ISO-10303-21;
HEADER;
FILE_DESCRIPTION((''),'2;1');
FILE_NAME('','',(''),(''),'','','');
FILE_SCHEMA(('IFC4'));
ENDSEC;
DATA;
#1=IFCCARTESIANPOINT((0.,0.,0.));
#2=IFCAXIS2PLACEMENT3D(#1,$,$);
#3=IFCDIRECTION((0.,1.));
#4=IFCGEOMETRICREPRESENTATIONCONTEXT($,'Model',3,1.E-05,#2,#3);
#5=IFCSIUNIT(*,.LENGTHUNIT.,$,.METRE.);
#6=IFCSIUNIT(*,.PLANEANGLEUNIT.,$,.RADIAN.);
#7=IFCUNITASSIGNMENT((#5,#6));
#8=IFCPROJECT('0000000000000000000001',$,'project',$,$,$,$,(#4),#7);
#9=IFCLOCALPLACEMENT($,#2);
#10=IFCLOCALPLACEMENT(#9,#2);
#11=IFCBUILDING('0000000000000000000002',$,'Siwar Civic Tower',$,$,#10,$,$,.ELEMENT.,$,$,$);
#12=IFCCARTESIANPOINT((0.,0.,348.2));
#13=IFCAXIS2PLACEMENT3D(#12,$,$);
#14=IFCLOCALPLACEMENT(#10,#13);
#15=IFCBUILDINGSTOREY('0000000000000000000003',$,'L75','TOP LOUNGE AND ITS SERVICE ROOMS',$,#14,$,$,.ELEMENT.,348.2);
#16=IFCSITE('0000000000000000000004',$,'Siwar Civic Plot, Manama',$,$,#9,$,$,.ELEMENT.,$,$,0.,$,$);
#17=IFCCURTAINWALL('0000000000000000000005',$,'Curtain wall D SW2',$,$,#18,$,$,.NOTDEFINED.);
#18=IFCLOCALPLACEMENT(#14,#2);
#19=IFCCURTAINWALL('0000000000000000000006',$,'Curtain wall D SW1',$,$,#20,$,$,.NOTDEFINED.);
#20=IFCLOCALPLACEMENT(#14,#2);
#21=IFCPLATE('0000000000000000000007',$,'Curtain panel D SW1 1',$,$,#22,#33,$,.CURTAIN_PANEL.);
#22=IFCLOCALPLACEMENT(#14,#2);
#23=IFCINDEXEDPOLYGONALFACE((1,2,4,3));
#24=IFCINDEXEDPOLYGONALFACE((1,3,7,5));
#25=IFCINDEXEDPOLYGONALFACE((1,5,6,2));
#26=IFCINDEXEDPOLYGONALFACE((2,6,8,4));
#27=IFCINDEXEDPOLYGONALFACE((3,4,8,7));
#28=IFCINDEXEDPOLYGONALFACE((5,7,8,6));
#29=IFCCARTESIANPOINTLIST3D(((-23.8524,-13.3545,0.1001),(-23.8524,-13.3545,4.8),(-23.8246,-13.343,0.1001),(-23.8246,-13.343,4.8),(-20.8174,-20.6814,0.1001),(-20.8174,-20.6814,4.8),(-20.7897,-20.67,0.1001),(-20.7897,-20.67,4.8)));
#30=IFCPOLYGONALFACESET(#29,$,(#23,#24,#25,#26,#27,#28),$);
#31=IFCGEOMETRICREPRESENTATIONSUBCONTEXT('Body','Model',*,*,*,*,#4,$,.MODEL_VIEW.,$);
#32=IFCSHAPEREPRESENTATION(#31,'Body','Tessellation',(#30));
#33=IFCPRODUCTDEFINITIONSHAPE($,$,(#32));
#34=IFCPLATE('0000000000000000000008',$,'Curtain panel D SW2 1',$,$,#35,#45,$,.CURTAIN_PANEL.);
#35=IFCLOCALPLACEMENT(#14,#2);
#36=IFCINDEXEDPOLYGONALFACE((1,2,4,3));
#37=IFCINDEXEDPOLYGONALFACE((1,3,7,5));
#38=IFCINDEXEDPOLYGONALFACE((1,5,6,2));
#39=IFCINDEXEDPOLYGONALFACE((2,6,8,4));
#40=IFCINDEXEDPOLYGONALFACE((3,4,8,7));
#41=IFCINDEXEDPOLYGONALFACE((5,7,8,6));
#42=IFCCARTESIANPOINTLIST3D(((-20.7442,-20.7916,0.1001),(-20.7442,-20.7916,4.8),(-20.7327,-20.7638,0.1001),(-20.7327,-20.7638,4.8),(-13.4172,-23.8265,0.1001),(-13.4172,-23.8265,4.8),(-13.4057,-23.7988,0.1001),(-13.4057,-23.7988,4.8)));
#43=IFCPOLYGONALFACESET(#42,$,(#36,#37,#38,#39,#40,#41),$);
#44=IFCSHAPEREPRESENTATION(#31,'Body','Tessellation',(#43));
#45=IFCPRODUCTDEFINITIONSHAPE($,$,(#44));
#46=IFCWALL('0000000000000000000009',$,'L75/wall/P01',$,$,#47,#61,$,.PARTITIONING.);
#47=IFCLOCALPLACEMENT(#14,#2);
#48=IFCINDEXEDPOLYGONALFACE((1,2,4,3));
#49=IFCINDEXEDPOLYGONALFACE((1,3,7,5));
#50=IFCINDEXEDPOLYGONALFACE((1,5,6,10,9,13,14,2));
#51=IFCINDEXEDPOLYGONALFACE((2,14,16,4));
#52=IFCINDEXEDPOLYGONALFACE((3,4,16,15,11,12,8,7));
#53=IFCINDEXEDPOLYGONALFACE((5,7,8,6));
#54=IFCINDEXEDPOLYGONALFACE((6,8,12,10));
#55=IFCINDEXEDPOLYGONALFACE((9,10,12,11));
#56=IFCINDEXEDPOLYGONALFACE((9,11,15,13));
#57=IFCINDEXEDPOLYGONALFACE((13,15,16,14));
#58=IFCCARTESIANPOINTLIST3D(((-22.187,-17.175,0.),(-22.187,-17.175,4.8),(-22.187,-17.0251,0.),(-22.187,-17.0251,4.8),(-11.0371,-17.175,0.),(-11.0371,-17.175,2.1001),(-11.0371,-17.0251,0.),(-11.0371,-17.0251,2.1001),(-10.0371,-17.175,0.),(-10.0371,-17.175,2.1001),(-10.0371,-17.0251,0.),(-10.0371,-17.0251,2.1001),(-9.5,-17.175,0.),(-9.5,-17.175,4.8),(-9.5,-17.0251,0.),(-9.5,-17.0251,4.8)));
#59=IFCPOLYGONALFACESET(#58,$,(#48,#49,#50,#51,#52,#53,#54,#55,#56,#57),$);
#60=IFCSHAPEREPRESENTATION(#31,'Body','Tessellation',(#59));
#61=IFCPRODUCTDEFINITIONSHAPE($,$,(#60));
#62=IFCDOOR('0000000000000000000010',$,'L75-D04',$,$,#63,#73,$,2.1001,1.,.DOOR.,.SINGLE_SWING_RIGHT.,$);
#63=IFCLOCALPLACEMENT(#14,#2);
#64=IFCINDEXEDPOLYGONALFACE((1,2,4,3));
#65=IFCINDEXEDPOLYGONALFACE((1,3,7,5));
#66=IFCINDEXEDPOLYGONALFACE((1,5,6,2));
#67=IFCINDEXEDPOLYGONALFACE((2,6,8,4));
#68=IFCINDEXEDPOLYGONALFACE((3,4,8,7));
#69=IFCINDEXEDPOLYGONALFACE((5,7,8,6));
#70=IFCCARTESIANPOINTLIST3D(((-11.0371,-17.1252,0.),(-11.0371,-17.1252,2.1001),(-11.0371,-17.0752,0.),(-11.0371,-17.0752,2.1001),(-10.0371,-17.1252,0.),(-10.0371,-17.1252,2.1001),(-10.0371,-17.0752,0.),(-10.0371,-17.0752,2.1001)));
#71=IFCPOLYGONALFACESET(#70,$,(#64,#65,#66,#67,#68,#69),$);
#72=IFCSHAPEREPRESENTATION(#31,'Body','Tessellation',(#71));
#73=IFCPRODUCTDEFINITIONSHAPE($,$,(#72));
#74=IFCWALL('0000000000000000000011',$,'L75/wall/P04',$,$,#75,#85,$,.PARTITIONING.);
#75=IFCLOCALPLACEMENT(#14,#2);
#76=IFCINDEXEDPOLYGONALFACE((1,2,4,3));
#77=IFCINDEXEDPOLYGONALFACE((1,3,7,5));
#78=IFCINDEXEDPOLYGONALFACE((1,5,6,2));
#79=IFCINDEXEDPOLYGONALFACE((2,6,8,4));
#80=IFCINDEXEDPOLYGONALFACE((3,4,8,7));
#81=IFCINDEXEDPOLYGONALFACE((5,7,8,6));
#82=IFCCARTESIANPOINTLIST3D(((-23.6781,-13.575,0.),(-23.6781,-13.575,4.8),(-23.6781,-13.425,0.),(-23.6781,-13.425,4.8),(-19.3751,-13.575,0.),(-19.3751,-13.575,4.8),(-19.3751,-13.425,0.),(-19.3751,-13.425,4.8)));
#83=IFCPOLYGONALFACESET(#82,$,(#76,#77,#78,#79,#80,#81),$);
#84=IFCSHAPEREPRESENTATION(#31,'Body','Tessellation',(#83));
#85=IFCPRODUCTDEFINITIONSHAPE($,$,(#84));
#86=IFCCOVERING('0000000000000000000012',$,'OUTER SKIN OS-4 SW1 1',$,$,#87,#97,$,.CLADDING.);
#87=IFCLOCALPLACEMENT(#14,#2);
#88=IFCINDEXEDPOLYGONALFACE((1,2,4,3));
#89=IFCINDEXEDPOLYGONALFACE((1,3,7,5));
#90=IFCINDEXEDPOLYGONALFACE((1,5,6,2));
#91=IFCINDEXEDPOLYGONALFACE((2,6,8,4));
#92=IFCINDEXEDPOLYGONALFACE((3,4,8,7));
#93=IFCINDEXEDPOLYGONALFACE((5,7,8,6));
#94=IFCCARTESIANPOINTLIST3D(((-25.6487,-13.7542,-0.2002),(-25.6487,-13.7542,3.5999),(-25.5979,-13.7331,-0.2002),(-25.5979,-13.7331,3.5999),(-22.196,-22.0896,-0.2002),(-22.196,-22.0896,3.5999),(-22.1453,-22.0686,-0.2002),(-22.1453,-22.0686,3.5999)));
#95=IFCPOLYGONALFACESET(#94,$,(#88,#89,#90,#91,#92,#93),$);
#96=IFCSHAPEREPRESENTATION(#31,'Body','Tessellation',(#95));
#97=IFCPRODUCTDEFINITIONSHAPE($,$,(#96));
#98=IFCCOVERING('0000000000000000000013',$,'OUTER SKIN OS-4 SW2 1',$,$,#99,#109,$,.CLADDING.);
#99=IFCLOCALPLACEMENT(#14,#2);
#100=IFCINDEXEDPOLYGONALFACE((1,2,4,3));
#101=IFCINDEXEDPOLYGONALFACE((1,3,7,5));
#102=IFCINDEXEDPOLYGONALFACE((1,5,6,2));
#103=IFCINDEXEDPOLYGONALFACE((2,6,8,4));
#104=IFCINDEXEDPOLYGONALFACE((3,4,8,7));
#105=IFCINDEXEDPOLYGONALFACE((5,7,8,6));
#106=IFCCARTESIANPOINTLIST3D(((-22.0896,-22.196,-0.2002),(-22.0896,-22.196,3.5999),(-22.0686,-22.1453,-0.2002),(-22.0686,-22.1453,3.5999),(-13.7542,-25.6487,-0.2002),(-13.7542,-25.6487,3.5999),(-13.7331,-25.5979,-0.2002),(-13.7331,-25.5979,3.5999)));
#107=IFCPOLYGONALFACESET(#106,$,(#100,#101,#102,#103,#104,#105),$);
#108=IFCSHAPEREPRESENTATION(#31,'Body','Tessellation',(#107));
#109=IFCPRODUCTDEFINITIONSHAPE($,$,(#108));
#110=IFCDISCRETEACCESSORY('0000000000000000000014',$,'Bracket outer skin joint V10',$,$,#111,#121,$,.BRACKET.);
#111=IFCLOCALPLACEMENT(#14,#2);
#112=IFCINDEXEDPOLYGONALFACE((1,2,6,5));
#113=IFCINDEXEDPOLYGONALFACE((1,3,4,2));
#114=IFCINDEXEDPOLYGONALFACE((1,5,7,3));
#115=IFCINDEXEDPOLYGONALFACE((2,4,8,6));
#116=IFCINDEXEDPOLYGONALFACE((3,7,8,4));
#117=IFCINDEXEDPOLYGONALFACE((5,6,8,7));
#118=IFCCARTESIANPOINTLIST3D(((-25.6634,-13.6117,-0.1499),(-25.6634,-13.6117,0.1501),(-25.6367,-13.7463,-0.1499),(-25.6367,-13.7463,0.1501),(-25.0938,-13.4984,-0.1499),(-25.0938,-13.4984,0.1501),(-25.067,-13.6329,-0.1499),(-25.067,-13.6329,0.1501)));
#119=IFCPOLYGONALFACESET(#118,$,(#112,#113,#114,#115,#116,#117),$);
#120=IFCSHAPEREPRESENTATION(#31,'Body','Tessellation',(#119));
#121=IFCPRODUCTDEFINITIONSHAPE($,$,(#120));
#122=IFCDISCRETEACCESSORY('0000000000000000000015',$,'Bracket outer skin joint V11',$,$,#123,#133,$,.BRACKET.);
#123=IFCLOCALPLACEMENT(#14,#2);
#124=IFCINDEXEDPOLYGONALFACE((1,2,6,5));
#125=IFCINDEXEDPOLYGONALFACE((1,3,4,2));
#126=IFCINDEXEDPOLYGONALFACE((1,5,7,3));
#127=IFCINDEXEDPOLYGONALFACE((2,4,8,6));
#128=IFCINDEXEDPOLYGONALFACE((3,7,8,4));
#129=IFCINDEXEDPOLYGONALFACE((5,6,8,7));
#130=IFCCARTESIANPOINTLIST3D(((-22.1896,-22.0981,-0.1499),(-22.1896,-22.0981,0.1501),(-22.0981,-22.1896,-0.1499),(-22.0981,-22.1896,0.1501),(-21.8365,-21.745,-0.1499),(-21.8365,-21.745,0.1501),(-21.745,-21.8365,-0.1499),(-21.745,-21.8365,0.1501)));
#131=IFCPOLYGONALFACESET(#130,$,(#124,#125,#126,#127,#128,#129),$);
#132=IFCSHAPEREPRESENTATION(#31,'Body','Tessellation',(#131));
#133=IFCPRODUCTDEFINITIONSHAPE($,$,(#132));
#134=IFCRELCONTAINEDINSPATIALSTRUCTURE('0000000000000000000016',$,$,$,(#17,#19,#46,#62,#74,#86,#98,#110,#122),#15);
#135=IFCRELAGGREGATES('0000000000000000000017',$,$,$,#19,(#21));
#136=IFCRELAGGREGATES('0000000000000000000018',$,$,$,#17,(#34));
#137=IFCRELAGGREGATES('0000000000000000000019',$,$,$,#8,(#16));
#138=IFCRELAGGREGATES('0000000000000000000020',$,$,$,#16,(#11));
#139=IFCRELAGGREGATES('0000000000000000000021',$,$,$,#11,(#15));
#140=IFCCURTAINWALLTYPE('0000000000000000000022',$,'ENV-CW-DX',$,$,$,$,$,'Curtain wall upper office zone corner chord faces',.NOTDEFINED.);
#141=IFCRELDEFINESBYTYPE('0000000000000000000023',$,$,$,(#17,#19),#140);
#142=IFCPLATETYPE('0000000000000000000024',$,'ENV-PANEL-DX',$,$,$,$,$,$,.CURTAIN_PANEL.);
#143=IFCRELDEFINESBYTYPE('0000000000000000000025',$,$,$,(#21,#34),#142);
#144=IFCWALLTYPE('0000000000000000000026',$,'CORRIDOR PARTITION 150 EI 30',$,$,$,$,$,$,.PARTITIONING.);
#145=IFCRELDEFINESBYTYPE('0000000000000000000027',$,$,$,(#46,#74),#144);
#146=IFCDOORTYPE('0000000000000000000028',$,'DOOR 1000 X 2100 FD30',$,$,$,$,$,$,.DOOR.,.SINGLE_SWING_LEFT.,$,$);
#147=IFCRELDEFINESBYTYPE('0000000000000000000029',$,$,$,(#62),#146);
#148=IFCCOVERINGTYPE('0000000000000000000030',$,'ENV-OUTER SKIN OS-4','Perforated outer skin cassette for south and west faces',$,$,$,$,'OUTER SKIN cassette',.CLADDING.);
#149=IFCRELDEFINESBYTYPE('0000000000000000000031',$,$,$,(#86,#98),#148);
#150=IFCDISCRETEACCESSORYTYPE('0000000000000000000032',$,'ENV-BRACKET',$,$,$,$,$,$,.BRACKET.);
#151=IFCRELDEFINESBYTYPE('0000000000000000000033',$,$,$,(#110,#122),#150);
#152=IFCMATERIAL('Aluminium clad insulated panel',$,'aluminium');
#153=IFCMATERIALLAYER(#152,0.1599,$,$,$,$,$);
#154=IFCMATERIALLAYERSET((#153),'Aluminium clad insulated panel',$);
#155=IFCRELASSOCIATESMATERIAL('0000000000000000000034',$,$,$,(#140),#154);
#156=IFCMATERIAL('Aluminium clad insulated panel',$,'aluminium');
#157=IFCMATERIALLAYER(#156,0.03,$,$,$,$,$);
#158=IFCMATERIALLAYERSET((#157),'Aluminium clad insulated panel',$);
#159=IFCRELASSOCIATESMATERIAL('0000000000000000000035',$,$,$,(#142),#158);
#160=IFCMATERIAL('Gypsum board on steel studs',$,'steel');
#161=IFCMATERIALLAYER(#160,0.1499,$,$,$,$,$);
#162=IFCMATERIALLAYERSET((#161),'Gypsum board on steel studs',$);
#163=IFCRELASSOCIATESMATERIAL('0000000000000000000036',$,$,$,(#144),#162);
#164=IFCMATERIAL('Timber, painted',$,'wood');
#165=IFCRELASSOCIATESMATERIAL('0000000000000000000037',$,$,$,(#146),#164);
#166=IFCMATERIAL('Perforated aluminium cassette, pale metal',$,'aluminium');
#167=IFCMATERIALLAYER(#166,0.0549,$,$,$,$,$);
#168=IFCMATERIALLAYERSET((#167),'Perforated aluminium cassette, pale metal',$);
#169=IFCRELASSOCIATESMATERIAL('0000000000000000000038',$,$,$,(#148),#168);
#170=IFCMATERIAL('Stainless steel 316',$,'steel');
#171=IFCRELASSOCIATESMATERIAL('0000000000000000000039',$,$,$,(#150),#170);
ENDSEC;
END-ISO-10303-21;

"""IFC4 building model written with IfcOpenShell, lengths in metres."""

from ifc_helpers import new_model, si_unit, direction, frame, frame_2d, origin, origin_2d, place, context, subcontext, project, spatial, rectangle, extrude, material, layer, layer_set, type_object, element, fill, aggregate, save


model = new_model("IFC4")

# Units and contexts
model_context = context("Model", 3, precision=1e-05, world=origin(), true_north=direction((0.0, 1.0)))
body_context = subcontext(model_context, "Body", "Model", "MODEL_VIEW")
ifc_project = project(units=[si_unit("LENGTHUNIT", "METRE"), si_unit("PLANEANGLEUNIT", "RADIAN")], contexts=[model_context])

# Site, building, storey
site_placement = place(None, origin())
site = spatial("IfcSite", under=ifc_project, at=site_placement, Name="Siwar Civic Plot, Manama", CompositionType="ELEMENT", RefElevation=0.0)
building_placement = place(site_placement, origin())
building = spatial("IfcBuilding", under=site, at=building_placement, Name="Siwar Civic Tower", CompositionType="ELEMENT")
storey_placement = place(building_placement, frame((0.0, 0.0, 348.2)))
storey = spatial("IfcBuildingStorey", under=building, at=storey_placement, Name="L75", Description="TOP LOUNGE AND ITS SERVICE ROOMS", CompositionType="ELEMENT", Elevation=348.2)

# Curtain wall
ifc_material_1 = material(Name="Aluminium clad insulated panel", Category="aluminium")
ifc_layer_1 = layer(ifc_material_1, 0.1599)
ifc_layer_set_1 = layer_set([ifc_layer_1], Name="Aluminium clad insulated panel")
curtain_wall_type = type_object("IfcCurtainWallType", Name="ENV-CW-DX", ElementType="Curtain wall upper office zone corner chord faces", PredefinedType="NOTDEFINED", material=ifc_layer_set_1)
curtain_wall_1_placement = place(storey_placement, origin())
curtain_wall_1 = element("IfcCurtainWall", 1, at=curtain_wall_1_placement, inside=storey, type_object=curtain_wall_type, Name="Curtain wall D SW2", PredefinedType="NOTDEFINED")

# Curtain wall, plate
curtain_wall_2_placement = place(storey_placement, origin())
curtain_wall_2 = element("IfcCurtainWall", 2, at=curtain_wall_2_placement, inside=storey, type_object=curtain_wall_type, Name="Curtain wall D SW1", PredefinedType="NOTDEFINED")
ifc_material_2 = material(Name="Aluminium clad insulated panel", Category="aluminium")
ifc_layer_2 = layer(ifc_material_2, 0.03)
ifc_layer_set_2 = layer_set([ifc_layer_2], Name="Aluminium clad insulated panel")
plate_type = type_object("IfcPlateType", Name="ENV-PANEL-DX", PredefinedType="CURTAIN_PANEL", material=ifc_layer_set_2)
plate_1_placement = place(storey_placement, frame((-22.321, -17.0122, 0.1001), z_axis=(0.0, 0.0, 1.0), x_axis=(0.382683, -0.92388, 0.0)))
plate_1 = element("IfcPlate", 3, at=plate_1_placement, type_object=plate_type, Name="Curtain panel D SW1 1", PredefinedType="CURTAIN_PANEL", context=body_context, shape_type="SweptSolid", body=[
    extrude(rectangle(XDim=7.9307, YDim=0.03, at=origin_2d()), origin(), (0.0, 0.0, 1.0), 4.7),
])
aggregate(curtain_wall_2, [plate_1])

# Plate
plate_2_placement = place(storey_placement, frame((-17.075, -22.2952, 0.1001), z_axis=(0.0, 0.0, 1.0), x_axis=(0.92388, -0.382683, 0.0)))
plate_2 = element("IfcPlate", 4, at=plate_2_placement, type_object=plate_type, Name="Curtain panel D SW2 1", PredefinedType="CURTAIN_PANEL", context=body_context, shape_type="SweptSolid", body=[
    extrude(rectangle(XDim=7.9307, YDim=0.03, at=origin_2d()), origin(), (0.0, 0.0, 1.0), 4.7),
])
aggregate(curtain_wall_1, [plate_2])

# Wall, opening, door
ifc_material_3 = material(Name="Gypsum board on steel studs", Category="steel")
ifc_layer_3 = layer(ifc_material_3, 0.1499)
ifc_layer_set_3 = layer_set([ifc_layer_3], Name="Gypsum board on steel studs")
wall_type = type_object("IfcWallType", Name="CORRIDOR PARTITION 150 EI 30", PredefinedType="PARTITIONING", material=ifc_layer_set_3)
wall_1_placement = place(storey_placement, frame((-22.187, -17.1001, 0.0), z_axis=(0.0, 0.0, 1.0), x_axis=(1.0, 0.0, 0.0)))
wall_1 = element("IfcWall", 5, at=wall_1_placement, inside=storey, type_object=wall_type, Name="L75/wall/P01", PredefinedType="PARTITIONING", context=body_context, shape_type="SweptSolid", body=[
    extrude(rectangle(XDim=12.687, YDim=0.1499, at=frame_2d((6.3435, 0.0))), origin(), (0.0, 0.0, 1.0), 4.8),
])
opening_placement = place(wall_1_placement, frame((11.1499, 0.0, 0.0)))
opening = element("IfcOpeningElement", 6, at=opening_placement, cuts=wall_1, PredefinedType="OPENING", context=body_context, shape_type="SweptSolid", body=[
    extrude(rectangle(XDim=1.0, YDim=2.1001, at=frame_2d((0.5, 1.05))), frame((0.0, 0.085, 0.0), z_axis=(0.0, -1.0, 0.0), x_axis=(1.0, 0.0, 0.0)), (0.0, 0.0, 1.0), 0.1699),
])
ifc_material_4 = material(Name="Timber, painted", Category="wood")
door_type = type_object("IfcDoorType", Name="DOOR 1000 X 2100 FD30", OperationType="SINGLE_SWING_LEFT", PredefinedType="DOOR", material=ifc_material_4)
door_placement = place(opening_placement, origin())
door = element("IfcDoor", 7, at=door_placement, inside=storey, type_object=door_type, Name="L75-D04", OperationType="SINGLE_SWING_RIGHT", OverallHeight=2.1001, OverallWidth=1.0, PredefinedType="DOOR", context=body_context, shape_type="SweptSolid", body=[
    extrude(rectangle(XDim=1.0, YDim=2.1001, at=frame_2d((0.5, 1.05))), frame((0.0, 0.0249, 0.0), z_axis=(0.0, -1.0, 0.0), x_axis=(1.0, 0.0, 0.0)), (0.0, 0.0, 1.0), 0.05),
])
fill(opening, door)

# Wall
wall_2_placement = place(storey_placement, frame((-23.678, -13.5, 0.0), z_axis=(0.0, 0.0, 1.0), x_axis=(1.0, 0.0, 0.0)))
element("IfcWall", 8, at=wall_2_placement, inside=storey, type_object=wall_type, Name="L75/wall/P04", PredefinedType="PARTITIONING", context=body_context, shape_type="SweptSolid", body=[
    extrude(rectangle(XDim=4.303, YDim=0.1499, at=frame_2d((2.1514, 0.0))), origin(), (0.0, 0.0, 1.0), 4.8),
])

# Coverings
ifc_material_5 = material(Name="Perforated aluminium cassette, pale metal", Category="aluminium")
ifc_layer_4 = layer(ifc_material_5, 0.0549)
ifc_layer_set_4 = layer_set([ifc_layer_4], Name="Perforated aluminium cassette, pale metal")
covering_type = type_object("IfcCoveringType", Name="ENV-OUTER SKIN OS-4", Description="Perforated outer skin cassette for south and west faces", ElementType="OUTER SKIN cassette", PredefinedType="CLADDING", material=ifc_layer_set_4)
for number, where, z_axis, x_axis, name in (
    (9, (-23.897, -17.9114, -0.2002), (0.0, 0.0, 1.0), (0.382683, -0.92388, 0.0), "OUTER SKIN OS-4 SW1 1"),
    (10, (-17.9114, -23.897, -0.2002), (0.0, 0.0, 1.0), (0.92388, -0.382683, 0.0), "OUTER SKIN OS-4 SW2 1"),
):
    element("IfcCovering", number, at=place(storey_placement, frame(where, z_axis=z_axis, x_axis=x_axis)), inside=storey, type_object=covering_type, Name=name, PredefinedType="CLADDING", context=body_context, shape_type="SweptSolid", body=[
        extrude(rectangle(XDim=9.0222, YDim=0.0549, at=origin_2d()), origin(), (0.0, 0.0, 1.0), 3.8),
    ])

# Discrete accessories
ifc_material_6 = material(Name="Stainless steel 316", Category="steel")
discrete_accessory_type = type_object("IfcDiscreteAccessoryType", Name="ENV-BRACKET", PredefinedType="BRACKET", material=ifc_material_6)
discrete_accessory_1_placement = place(storey_placement, frame((-25.3652, -13.6223, -0.1499), z_axis=(0.0, 0.0, 1.0), x_axis=(-0.980785, -0.19509, 0.0)))
element("IfcDiscreteAccessory", 11, at=discrete_accessory_1_placement, inside=storey, type_object=discrete_accessory_type, Name="Bracket outer skin joint V10", PredefinedType="BRACKET", context=body_context, shape_type="SweptSolid", body=[
    extrude(rectangle(XDim=0.5808, YDim=0.1372, at=origin_2d()), origin(), (0.0, 0.0, 1.0), 0.3),
])
discrete_accessory_2_placement = place(storey_placement, frame((-21.9673, -21.9673, -0.1499), z_axis=(0.0, 0.0, 1.0), x_axis=(-0.707107, -0.707107, 0.0)))
element("IfcDiscreteAccessory", 12, at=discrete_accessory_2_placement, inside=storey, type_object=discrete_accessory_type, Name="Bracket outer skin joint V11", PredefinedType="BRACKET", context=body_context, shape_type="SweptSolid", body=[
    extrude(rectangle(XDim=0.4993, YDim=0.1294, at=origin_2d()), origin(), (0.0, 0.0, 1.0), 0.3),
])

save(model, "model.ifc")
